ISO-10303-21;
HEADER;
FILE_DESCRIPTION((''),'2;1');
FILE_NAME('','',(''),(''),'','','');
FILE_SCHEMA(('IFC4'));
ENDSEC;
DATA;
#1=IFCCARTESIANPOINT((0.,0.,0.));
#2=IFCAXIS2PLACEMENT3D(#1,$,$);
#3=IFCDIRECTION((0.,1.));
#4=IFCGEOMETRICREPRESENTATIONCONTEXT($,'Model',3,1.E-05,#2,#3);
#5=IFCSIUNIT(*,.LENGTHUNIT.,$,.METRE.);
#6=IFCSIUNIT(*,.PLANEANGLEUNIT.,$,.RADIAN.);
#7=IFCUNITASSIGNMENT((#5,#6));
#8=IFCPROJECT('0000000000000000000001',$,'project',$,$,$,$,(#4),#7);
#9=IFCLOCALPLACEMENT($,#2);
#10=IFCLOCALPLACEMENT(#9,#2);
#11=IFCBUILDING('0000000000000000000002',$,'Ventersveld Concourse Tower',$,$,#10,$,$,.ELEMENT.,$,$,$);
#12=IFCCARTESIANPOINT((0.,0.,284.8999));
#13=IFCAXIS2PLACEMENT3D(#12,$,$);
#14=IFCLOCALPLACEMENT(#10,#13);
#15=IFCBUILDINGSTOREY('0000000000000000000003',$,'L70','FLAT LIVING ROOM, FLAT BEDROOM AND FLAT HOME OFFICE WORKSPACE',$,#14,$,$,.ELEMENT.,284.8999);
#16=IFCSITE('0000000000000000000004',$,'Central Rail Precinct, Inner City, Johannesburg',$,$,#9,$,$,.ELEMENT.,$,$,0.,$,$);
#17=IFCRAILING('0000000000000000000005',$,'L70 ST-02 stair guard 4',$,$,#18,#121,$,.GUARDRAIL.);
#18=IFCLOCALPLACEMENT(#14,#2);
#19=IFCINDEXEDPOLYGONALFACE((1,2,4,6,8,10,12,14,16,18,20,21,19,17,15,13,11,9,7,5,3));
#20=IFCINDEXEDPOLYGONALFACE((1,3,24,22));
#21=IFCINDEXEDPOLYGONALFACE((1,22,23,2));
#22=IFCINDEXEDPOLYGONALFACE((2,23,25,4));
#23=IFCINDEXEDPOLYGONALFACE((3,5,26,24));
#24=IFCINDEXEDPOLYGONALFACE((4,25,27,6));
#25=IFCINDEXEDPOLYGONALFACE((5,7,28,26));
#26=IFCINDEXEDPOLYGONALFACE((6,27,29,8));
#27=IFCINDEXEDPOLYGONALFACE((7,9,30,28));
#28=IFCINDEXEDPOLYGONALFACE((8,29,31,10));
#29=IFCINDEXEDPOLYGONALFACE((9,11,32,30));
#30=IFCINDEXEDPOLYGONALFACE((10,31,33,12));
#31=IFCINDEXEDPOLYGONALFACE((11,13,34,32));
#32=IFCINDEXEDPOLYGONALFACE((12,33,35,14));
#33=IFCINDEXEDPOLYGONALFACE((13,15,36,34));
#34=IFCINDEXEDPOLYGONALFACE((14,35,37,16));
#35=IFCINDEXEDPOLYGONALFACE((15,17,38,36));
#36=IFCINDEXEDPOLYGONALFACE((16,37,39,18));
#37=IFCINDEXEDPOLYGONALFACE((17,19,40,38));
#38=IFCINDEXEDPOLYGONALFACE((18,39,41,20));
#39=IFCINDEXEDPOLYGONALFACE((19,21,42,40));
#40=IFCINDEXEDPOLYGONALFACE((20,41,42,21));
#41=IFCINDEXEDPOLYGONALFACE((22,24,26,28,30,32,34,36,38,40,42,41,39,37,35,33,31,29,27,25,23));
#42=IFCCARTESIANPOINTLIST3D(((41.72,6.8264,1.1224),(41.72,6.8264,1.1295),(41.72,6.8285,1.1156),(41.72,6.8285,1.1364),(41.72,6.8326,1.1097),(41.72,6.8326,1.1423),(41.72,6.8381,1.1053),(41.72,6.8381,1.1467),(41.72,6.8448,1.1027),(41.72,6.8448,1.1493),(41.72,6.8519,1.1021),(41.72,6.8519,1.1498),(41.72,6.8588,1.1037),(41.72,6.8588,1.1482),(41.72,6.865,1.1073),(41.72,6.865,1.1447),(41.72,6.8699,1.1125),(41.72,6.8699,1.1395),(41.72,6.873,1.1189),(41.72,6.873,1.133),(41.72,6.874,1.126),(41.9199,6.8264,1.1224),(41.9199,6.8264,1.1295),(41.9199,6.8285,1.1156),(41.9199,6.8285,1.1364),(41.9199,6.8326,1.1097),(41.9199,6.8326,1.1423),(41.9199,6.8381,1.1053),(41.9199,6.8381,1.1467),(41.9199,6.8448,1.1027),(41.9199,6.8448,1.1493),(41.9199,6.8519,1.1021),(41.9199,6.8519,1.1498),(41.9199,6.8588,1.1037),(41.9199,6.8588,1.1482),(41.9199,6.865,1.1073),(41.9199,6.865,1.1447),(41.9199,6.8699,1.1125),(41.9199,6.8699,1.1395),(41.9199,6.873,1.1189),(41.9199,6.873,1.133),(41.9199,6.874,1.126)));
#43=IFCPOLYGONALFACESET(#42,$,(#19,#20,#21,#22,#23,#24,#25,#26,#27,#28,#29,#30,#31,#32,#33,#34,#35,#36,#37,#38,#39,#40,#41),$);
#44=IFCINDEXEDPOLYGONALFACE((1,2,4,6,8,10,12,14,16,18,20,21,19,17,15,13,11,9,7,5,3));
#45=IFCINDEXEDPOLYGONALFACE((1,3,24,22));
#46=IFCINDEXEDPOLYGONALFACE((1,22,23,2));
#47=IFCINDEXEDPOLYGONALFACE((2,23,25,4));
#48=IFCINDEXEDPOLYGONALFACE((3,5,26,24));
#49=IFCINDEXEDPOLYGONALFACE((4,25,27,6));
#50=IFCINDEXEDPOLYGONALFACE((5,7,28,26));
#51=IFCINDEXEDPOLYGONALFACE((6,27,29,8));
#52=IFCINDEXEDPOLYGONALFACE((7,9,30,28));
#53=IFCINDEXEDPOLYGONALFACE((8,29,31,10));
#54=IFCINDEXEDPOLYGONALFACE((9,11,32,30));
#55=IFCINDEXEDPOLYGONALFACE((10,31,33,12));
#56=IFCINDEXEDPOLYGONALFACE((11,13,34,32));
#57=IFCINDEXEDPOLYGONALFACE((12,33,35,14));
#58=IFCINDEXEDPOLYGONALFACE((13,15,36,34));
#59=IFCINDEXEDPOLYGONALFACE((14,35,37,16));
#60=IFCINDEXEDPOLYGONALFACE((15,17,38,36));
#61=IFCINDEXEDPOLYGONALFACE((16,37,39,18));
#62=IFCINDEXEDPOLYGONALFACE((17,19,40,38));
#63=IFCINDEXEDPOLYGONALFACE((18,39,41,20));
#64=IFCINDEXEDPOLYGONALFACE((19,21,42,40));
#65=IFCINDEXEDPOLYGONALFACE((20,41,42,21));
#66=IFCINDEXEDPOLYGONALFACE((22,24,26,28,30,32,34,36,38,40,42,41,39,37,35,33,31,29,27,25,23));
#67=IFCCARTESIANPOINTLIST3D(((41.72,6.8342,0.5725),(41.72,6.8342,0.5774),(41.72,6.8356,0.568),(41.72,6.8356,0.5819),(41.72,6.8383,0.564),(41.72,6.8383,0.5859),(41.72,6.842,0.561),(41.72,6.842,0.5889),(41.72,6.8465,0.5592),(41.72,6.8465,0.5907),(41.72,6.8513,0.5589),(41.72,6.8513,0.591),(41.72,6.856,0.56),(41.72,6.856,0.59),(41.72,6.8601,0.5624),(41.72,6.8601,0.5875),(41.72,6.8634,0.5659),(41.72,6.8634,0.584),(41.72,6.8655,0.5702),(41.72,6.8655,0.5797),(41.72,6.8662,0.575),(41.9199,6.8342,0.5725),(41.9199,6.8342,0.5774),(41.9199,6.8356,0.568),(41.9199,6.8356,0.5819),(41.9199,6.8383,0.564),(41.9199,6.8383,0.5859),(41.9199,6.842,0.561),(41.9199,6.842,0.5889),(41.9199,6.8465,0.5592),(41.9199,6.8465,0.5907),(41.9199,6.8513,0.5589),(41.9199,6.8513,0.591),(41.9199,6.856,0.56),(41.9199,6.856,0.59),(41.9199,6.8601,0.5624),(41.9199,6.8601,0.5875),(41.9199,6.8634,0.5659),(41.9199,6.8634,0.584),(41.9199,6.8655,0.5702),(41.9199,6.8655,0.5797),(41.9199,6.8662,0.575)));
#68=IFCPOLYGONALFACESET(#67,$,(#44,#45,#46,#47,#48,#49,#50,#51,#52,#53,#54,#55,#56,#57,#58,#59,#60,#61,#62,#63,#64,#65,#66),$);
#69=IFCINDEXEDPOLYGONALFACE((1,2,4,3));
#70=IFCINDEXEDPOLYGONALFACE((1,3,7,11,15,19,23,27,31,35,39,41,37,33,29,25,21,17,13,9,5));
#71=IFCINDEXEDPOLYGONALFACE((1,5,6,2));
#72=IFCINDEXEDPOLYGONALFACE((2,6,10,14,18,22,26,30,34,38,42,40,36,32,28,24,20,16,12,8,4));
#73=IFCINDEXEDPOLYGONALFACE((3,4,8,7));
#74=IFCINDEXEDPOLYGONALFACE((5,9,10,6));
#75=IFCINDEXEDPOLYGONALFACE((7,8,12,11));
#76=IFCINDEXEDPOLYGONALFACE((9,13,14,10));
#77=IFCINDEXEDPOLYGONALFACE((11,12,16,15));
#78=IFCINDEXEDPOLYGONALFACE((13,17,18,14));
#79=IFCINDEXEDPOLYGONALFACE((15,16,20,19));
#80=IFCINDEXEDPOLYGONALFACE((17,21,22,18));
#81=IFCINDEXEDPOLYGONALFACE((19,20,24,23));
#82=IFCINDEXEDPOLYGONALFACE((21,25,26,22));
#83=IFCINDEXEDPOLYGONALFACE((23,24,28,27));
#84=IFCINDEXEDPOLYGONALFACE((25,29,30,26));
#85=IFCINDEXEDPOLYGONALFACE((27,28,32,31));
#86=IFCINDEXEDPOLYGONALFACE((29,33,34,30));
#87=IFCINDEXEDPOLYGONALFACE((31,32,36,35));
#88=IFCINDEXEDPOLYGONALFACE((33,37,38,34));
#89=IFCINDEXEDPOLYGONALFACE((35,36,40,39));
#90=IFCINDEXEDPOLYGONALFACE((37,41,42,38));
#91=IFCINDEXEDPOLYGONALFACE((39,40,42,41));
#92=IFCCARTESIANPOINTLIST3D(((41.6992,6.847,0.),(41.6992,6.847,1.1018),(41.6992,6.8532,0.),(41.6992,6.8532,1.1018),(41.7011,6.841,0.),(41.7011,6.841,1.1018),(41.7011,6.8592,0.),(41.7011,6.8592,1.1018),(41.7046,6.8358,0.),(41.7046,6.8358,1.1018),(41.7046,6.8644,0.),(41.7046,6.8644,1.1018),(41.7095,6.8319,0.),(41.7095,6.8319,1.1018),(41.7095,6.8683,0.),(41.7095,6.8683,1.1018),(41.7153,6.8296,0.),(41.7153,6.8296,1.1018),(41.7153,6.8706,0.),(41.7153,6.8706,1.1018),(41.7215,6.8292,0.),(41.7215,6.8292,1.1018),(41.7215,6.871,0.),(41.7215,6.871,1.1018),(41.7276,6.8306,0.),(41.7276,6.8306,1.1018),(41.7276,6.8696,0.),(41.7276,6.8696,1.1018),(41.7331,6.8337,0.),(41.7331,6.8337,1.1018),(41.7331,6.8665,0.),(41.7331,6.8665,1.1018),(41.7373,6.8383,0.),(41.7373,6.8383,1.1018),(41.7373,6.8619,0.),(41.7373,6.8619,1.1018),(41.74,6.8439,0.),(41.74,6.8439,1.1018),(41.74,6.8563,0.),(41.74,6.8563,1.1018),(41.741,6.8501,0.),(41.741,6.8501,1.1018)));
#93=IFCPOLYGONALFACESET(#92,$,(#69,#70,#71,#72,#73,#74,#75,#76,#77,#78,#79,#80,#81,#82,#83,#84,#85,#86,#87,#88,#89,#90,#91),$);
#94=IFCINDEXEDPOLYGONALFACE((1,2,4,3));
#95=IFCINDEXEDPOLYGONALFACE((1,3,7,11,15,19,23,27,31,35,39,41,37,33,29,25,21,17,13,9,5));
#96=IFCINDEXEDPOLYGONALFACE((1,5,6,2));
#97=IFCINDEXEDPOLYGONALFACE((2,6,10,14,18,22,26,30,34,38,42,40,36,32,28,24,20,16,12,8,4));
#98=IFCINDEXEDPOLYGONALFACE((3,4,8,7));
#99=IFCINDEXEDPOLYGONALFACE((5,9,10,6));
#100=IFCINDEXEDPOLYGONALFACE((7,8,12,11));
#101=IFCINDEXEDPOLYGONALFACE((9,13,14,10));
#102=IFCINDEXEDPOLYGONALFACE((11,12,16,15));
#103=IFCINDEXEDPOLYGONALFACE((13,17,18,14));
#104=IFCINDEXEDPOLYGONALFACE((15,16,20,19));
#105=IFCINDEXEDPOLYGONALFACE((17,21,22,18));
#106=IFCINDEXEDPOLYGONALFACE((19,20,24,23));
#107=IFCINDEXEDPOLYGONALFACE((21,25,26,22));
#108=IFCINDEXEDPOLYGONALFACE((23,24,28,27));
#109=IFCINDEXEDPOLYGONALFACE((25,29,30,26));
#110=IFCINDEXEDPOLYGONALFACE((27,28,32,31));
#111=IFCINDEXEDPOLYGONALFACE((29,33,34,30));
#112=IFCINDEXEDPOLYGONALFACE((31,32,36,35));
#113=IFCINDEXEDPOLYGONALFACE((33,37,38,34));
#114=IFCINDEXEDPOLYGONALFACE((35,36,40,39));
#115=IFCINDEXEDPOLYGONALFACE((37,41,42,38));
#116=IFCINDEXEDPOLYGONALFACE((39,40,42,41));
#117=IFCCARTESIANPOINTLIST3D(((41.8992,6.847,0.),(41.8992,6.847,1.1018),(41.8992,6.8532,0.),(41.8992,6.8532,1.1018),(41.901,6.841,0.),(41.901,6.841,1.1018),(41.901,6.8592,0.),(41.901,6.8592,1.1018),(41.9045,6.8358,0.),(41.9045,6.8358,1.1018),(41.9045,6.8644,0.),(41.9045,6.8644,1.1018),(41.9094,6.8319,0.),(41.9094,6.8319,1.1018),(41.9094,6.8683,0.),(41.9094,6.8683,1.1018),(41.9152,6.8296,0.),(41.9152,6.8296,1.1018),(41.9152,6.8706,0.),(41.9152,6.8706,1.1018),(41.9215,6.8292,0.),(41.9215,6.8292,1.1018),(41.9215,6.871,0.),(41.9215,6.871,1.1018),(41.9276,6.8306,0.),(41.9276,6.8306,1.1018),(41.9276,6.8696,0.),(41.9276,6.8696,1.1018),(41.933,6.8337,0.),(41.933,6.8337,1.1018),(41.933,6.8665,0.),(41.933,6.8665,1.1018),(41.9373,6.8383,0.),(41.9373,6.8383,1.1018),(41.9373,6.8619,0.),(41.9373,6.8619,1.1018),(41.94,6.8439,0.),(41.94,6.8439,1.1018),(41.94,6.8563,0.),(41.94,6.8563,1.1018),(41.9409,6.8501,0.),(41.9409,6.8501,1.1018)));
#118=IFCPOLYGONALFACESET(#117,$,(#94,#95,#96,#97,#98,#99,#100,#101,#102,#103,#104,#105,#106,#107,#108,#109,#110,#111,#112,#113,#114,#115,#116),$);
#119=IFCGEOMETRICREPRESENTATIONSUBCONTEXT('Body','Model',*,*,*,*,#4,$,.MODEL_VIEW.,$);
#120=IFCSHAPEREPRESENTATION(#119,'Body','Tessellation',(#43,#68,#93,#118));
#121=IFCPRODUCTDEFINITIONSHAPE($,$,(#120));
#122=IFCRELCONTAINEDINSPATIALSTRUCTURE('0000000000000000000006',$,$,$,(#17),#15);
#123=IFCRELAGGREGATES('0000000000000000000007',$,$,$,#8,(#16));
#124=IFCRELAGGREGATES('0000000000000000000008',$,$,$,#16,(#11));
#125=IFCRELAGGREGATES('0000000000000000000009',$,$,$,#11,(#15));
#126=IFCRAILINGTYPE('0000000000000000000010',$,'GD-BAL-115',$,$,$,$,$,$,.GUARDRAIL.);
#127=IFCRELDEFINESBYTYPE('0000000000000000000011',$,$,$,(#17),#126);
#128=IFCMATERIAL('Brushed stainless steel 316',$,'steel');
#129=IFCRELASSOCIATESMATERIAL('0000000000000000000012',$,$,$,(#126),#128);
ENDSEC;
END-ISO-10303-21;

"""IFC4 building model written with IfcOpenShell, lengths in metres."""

from ifc_helpers import new_model, si_unit, direction, frame, origin, origin_2d, place, context, subcontext, project, spatial, circle, extrude, material, type_object, element, save


model = new_model("IFC4")

# Units and contexts
model_context = context("Model", 3, precision=1e-05, world=origin(), true_north=direction((0.0, 1.0)))
body_context = subcontext(model_context, "Body", "Model", "MODEL_VIEW")
ifc_project = project(units=[si_unit("LENGTHUNIT", "METRE"), si_unit("PLANEANGLEUNIT", "RADIAN")], contexts=[model_context])

# Site, building, storey
site_placement = place(None, origin())
site = spatial("IfcSite", under=ifc_project, at=site_placement, Name="Central Rail Precinct, Inner City, Johannesburg", CompositionType="ELEMENT", RefElevation=0.0)
building_placement = place(site_placement, origin())
building = spatial("IfcBuilding", under=site, at=building_placement, Name="Ventersveld Concourse Tower", CompositionType="ELEMENT")
storey_placement = place(building_placement, frame((0.0, 0.0, 284.8999)))
storey = spatial("IfcBuildingStorey", under=building, at=storey_placement, Name="L70", Description="FLAT LIVING ROOM, FLAT BEDROOM AND FLAT HOME OFFICE WORKSPACE", CompositionType="ELEMENT", Elevation=284.8999)

# Shared definitions
ifc_material_1 = material(Name="Brushed stainless steel 316", Category="steel")

# Railing
railing_type_1 = type_object("IfcRailingType", Name="GD-BAL-115", PredefinedType="GUARDRAIL", material=ifc_material_1)
for number, where, name in (
    (1, (41.72, 6.8501, 0.0), "L70 ST-02 stair guard 4"),
):
    element("IfcRailing", number, at=place(storey_placement, frame(where)), inside=storey, type_object=railing_type_1, Name=name, PredefinedType="GUARDRAIL", context=body_context, shape_type="SweptSolid", body=[
        extrude(circle(Radius=0.0239, at=origin_2d()), frame((0.0, 0.0, 1.126), z_axis=(1.0, 0.0, 0.0), x_axis=(0.0, 1.0, 0.0)), (0.0, 0.0, 1.0), 0.2),
        extrude(circle(Radius=0.0161, at=origin_2d()), frame((0.0, 0.0, 0.575), z_axis=(1.0, 0.0, 0.0), x_axis=(0.0, 1.0, 0.0)), (0.0, 0.0, 1.0), 0.2),
        extrude(circle(Radius=0.021, at=origin_2d()), origin(), (0.0, 0.0, 1.0), 1.1018),
        extrude(circle(Radius=0.021, at=origin_2d()), frame((0.2, 0.0, 0.0)), (0.0, 0.0, 1.0), 1.1018),
    ])

save(model, "model.ifc")
